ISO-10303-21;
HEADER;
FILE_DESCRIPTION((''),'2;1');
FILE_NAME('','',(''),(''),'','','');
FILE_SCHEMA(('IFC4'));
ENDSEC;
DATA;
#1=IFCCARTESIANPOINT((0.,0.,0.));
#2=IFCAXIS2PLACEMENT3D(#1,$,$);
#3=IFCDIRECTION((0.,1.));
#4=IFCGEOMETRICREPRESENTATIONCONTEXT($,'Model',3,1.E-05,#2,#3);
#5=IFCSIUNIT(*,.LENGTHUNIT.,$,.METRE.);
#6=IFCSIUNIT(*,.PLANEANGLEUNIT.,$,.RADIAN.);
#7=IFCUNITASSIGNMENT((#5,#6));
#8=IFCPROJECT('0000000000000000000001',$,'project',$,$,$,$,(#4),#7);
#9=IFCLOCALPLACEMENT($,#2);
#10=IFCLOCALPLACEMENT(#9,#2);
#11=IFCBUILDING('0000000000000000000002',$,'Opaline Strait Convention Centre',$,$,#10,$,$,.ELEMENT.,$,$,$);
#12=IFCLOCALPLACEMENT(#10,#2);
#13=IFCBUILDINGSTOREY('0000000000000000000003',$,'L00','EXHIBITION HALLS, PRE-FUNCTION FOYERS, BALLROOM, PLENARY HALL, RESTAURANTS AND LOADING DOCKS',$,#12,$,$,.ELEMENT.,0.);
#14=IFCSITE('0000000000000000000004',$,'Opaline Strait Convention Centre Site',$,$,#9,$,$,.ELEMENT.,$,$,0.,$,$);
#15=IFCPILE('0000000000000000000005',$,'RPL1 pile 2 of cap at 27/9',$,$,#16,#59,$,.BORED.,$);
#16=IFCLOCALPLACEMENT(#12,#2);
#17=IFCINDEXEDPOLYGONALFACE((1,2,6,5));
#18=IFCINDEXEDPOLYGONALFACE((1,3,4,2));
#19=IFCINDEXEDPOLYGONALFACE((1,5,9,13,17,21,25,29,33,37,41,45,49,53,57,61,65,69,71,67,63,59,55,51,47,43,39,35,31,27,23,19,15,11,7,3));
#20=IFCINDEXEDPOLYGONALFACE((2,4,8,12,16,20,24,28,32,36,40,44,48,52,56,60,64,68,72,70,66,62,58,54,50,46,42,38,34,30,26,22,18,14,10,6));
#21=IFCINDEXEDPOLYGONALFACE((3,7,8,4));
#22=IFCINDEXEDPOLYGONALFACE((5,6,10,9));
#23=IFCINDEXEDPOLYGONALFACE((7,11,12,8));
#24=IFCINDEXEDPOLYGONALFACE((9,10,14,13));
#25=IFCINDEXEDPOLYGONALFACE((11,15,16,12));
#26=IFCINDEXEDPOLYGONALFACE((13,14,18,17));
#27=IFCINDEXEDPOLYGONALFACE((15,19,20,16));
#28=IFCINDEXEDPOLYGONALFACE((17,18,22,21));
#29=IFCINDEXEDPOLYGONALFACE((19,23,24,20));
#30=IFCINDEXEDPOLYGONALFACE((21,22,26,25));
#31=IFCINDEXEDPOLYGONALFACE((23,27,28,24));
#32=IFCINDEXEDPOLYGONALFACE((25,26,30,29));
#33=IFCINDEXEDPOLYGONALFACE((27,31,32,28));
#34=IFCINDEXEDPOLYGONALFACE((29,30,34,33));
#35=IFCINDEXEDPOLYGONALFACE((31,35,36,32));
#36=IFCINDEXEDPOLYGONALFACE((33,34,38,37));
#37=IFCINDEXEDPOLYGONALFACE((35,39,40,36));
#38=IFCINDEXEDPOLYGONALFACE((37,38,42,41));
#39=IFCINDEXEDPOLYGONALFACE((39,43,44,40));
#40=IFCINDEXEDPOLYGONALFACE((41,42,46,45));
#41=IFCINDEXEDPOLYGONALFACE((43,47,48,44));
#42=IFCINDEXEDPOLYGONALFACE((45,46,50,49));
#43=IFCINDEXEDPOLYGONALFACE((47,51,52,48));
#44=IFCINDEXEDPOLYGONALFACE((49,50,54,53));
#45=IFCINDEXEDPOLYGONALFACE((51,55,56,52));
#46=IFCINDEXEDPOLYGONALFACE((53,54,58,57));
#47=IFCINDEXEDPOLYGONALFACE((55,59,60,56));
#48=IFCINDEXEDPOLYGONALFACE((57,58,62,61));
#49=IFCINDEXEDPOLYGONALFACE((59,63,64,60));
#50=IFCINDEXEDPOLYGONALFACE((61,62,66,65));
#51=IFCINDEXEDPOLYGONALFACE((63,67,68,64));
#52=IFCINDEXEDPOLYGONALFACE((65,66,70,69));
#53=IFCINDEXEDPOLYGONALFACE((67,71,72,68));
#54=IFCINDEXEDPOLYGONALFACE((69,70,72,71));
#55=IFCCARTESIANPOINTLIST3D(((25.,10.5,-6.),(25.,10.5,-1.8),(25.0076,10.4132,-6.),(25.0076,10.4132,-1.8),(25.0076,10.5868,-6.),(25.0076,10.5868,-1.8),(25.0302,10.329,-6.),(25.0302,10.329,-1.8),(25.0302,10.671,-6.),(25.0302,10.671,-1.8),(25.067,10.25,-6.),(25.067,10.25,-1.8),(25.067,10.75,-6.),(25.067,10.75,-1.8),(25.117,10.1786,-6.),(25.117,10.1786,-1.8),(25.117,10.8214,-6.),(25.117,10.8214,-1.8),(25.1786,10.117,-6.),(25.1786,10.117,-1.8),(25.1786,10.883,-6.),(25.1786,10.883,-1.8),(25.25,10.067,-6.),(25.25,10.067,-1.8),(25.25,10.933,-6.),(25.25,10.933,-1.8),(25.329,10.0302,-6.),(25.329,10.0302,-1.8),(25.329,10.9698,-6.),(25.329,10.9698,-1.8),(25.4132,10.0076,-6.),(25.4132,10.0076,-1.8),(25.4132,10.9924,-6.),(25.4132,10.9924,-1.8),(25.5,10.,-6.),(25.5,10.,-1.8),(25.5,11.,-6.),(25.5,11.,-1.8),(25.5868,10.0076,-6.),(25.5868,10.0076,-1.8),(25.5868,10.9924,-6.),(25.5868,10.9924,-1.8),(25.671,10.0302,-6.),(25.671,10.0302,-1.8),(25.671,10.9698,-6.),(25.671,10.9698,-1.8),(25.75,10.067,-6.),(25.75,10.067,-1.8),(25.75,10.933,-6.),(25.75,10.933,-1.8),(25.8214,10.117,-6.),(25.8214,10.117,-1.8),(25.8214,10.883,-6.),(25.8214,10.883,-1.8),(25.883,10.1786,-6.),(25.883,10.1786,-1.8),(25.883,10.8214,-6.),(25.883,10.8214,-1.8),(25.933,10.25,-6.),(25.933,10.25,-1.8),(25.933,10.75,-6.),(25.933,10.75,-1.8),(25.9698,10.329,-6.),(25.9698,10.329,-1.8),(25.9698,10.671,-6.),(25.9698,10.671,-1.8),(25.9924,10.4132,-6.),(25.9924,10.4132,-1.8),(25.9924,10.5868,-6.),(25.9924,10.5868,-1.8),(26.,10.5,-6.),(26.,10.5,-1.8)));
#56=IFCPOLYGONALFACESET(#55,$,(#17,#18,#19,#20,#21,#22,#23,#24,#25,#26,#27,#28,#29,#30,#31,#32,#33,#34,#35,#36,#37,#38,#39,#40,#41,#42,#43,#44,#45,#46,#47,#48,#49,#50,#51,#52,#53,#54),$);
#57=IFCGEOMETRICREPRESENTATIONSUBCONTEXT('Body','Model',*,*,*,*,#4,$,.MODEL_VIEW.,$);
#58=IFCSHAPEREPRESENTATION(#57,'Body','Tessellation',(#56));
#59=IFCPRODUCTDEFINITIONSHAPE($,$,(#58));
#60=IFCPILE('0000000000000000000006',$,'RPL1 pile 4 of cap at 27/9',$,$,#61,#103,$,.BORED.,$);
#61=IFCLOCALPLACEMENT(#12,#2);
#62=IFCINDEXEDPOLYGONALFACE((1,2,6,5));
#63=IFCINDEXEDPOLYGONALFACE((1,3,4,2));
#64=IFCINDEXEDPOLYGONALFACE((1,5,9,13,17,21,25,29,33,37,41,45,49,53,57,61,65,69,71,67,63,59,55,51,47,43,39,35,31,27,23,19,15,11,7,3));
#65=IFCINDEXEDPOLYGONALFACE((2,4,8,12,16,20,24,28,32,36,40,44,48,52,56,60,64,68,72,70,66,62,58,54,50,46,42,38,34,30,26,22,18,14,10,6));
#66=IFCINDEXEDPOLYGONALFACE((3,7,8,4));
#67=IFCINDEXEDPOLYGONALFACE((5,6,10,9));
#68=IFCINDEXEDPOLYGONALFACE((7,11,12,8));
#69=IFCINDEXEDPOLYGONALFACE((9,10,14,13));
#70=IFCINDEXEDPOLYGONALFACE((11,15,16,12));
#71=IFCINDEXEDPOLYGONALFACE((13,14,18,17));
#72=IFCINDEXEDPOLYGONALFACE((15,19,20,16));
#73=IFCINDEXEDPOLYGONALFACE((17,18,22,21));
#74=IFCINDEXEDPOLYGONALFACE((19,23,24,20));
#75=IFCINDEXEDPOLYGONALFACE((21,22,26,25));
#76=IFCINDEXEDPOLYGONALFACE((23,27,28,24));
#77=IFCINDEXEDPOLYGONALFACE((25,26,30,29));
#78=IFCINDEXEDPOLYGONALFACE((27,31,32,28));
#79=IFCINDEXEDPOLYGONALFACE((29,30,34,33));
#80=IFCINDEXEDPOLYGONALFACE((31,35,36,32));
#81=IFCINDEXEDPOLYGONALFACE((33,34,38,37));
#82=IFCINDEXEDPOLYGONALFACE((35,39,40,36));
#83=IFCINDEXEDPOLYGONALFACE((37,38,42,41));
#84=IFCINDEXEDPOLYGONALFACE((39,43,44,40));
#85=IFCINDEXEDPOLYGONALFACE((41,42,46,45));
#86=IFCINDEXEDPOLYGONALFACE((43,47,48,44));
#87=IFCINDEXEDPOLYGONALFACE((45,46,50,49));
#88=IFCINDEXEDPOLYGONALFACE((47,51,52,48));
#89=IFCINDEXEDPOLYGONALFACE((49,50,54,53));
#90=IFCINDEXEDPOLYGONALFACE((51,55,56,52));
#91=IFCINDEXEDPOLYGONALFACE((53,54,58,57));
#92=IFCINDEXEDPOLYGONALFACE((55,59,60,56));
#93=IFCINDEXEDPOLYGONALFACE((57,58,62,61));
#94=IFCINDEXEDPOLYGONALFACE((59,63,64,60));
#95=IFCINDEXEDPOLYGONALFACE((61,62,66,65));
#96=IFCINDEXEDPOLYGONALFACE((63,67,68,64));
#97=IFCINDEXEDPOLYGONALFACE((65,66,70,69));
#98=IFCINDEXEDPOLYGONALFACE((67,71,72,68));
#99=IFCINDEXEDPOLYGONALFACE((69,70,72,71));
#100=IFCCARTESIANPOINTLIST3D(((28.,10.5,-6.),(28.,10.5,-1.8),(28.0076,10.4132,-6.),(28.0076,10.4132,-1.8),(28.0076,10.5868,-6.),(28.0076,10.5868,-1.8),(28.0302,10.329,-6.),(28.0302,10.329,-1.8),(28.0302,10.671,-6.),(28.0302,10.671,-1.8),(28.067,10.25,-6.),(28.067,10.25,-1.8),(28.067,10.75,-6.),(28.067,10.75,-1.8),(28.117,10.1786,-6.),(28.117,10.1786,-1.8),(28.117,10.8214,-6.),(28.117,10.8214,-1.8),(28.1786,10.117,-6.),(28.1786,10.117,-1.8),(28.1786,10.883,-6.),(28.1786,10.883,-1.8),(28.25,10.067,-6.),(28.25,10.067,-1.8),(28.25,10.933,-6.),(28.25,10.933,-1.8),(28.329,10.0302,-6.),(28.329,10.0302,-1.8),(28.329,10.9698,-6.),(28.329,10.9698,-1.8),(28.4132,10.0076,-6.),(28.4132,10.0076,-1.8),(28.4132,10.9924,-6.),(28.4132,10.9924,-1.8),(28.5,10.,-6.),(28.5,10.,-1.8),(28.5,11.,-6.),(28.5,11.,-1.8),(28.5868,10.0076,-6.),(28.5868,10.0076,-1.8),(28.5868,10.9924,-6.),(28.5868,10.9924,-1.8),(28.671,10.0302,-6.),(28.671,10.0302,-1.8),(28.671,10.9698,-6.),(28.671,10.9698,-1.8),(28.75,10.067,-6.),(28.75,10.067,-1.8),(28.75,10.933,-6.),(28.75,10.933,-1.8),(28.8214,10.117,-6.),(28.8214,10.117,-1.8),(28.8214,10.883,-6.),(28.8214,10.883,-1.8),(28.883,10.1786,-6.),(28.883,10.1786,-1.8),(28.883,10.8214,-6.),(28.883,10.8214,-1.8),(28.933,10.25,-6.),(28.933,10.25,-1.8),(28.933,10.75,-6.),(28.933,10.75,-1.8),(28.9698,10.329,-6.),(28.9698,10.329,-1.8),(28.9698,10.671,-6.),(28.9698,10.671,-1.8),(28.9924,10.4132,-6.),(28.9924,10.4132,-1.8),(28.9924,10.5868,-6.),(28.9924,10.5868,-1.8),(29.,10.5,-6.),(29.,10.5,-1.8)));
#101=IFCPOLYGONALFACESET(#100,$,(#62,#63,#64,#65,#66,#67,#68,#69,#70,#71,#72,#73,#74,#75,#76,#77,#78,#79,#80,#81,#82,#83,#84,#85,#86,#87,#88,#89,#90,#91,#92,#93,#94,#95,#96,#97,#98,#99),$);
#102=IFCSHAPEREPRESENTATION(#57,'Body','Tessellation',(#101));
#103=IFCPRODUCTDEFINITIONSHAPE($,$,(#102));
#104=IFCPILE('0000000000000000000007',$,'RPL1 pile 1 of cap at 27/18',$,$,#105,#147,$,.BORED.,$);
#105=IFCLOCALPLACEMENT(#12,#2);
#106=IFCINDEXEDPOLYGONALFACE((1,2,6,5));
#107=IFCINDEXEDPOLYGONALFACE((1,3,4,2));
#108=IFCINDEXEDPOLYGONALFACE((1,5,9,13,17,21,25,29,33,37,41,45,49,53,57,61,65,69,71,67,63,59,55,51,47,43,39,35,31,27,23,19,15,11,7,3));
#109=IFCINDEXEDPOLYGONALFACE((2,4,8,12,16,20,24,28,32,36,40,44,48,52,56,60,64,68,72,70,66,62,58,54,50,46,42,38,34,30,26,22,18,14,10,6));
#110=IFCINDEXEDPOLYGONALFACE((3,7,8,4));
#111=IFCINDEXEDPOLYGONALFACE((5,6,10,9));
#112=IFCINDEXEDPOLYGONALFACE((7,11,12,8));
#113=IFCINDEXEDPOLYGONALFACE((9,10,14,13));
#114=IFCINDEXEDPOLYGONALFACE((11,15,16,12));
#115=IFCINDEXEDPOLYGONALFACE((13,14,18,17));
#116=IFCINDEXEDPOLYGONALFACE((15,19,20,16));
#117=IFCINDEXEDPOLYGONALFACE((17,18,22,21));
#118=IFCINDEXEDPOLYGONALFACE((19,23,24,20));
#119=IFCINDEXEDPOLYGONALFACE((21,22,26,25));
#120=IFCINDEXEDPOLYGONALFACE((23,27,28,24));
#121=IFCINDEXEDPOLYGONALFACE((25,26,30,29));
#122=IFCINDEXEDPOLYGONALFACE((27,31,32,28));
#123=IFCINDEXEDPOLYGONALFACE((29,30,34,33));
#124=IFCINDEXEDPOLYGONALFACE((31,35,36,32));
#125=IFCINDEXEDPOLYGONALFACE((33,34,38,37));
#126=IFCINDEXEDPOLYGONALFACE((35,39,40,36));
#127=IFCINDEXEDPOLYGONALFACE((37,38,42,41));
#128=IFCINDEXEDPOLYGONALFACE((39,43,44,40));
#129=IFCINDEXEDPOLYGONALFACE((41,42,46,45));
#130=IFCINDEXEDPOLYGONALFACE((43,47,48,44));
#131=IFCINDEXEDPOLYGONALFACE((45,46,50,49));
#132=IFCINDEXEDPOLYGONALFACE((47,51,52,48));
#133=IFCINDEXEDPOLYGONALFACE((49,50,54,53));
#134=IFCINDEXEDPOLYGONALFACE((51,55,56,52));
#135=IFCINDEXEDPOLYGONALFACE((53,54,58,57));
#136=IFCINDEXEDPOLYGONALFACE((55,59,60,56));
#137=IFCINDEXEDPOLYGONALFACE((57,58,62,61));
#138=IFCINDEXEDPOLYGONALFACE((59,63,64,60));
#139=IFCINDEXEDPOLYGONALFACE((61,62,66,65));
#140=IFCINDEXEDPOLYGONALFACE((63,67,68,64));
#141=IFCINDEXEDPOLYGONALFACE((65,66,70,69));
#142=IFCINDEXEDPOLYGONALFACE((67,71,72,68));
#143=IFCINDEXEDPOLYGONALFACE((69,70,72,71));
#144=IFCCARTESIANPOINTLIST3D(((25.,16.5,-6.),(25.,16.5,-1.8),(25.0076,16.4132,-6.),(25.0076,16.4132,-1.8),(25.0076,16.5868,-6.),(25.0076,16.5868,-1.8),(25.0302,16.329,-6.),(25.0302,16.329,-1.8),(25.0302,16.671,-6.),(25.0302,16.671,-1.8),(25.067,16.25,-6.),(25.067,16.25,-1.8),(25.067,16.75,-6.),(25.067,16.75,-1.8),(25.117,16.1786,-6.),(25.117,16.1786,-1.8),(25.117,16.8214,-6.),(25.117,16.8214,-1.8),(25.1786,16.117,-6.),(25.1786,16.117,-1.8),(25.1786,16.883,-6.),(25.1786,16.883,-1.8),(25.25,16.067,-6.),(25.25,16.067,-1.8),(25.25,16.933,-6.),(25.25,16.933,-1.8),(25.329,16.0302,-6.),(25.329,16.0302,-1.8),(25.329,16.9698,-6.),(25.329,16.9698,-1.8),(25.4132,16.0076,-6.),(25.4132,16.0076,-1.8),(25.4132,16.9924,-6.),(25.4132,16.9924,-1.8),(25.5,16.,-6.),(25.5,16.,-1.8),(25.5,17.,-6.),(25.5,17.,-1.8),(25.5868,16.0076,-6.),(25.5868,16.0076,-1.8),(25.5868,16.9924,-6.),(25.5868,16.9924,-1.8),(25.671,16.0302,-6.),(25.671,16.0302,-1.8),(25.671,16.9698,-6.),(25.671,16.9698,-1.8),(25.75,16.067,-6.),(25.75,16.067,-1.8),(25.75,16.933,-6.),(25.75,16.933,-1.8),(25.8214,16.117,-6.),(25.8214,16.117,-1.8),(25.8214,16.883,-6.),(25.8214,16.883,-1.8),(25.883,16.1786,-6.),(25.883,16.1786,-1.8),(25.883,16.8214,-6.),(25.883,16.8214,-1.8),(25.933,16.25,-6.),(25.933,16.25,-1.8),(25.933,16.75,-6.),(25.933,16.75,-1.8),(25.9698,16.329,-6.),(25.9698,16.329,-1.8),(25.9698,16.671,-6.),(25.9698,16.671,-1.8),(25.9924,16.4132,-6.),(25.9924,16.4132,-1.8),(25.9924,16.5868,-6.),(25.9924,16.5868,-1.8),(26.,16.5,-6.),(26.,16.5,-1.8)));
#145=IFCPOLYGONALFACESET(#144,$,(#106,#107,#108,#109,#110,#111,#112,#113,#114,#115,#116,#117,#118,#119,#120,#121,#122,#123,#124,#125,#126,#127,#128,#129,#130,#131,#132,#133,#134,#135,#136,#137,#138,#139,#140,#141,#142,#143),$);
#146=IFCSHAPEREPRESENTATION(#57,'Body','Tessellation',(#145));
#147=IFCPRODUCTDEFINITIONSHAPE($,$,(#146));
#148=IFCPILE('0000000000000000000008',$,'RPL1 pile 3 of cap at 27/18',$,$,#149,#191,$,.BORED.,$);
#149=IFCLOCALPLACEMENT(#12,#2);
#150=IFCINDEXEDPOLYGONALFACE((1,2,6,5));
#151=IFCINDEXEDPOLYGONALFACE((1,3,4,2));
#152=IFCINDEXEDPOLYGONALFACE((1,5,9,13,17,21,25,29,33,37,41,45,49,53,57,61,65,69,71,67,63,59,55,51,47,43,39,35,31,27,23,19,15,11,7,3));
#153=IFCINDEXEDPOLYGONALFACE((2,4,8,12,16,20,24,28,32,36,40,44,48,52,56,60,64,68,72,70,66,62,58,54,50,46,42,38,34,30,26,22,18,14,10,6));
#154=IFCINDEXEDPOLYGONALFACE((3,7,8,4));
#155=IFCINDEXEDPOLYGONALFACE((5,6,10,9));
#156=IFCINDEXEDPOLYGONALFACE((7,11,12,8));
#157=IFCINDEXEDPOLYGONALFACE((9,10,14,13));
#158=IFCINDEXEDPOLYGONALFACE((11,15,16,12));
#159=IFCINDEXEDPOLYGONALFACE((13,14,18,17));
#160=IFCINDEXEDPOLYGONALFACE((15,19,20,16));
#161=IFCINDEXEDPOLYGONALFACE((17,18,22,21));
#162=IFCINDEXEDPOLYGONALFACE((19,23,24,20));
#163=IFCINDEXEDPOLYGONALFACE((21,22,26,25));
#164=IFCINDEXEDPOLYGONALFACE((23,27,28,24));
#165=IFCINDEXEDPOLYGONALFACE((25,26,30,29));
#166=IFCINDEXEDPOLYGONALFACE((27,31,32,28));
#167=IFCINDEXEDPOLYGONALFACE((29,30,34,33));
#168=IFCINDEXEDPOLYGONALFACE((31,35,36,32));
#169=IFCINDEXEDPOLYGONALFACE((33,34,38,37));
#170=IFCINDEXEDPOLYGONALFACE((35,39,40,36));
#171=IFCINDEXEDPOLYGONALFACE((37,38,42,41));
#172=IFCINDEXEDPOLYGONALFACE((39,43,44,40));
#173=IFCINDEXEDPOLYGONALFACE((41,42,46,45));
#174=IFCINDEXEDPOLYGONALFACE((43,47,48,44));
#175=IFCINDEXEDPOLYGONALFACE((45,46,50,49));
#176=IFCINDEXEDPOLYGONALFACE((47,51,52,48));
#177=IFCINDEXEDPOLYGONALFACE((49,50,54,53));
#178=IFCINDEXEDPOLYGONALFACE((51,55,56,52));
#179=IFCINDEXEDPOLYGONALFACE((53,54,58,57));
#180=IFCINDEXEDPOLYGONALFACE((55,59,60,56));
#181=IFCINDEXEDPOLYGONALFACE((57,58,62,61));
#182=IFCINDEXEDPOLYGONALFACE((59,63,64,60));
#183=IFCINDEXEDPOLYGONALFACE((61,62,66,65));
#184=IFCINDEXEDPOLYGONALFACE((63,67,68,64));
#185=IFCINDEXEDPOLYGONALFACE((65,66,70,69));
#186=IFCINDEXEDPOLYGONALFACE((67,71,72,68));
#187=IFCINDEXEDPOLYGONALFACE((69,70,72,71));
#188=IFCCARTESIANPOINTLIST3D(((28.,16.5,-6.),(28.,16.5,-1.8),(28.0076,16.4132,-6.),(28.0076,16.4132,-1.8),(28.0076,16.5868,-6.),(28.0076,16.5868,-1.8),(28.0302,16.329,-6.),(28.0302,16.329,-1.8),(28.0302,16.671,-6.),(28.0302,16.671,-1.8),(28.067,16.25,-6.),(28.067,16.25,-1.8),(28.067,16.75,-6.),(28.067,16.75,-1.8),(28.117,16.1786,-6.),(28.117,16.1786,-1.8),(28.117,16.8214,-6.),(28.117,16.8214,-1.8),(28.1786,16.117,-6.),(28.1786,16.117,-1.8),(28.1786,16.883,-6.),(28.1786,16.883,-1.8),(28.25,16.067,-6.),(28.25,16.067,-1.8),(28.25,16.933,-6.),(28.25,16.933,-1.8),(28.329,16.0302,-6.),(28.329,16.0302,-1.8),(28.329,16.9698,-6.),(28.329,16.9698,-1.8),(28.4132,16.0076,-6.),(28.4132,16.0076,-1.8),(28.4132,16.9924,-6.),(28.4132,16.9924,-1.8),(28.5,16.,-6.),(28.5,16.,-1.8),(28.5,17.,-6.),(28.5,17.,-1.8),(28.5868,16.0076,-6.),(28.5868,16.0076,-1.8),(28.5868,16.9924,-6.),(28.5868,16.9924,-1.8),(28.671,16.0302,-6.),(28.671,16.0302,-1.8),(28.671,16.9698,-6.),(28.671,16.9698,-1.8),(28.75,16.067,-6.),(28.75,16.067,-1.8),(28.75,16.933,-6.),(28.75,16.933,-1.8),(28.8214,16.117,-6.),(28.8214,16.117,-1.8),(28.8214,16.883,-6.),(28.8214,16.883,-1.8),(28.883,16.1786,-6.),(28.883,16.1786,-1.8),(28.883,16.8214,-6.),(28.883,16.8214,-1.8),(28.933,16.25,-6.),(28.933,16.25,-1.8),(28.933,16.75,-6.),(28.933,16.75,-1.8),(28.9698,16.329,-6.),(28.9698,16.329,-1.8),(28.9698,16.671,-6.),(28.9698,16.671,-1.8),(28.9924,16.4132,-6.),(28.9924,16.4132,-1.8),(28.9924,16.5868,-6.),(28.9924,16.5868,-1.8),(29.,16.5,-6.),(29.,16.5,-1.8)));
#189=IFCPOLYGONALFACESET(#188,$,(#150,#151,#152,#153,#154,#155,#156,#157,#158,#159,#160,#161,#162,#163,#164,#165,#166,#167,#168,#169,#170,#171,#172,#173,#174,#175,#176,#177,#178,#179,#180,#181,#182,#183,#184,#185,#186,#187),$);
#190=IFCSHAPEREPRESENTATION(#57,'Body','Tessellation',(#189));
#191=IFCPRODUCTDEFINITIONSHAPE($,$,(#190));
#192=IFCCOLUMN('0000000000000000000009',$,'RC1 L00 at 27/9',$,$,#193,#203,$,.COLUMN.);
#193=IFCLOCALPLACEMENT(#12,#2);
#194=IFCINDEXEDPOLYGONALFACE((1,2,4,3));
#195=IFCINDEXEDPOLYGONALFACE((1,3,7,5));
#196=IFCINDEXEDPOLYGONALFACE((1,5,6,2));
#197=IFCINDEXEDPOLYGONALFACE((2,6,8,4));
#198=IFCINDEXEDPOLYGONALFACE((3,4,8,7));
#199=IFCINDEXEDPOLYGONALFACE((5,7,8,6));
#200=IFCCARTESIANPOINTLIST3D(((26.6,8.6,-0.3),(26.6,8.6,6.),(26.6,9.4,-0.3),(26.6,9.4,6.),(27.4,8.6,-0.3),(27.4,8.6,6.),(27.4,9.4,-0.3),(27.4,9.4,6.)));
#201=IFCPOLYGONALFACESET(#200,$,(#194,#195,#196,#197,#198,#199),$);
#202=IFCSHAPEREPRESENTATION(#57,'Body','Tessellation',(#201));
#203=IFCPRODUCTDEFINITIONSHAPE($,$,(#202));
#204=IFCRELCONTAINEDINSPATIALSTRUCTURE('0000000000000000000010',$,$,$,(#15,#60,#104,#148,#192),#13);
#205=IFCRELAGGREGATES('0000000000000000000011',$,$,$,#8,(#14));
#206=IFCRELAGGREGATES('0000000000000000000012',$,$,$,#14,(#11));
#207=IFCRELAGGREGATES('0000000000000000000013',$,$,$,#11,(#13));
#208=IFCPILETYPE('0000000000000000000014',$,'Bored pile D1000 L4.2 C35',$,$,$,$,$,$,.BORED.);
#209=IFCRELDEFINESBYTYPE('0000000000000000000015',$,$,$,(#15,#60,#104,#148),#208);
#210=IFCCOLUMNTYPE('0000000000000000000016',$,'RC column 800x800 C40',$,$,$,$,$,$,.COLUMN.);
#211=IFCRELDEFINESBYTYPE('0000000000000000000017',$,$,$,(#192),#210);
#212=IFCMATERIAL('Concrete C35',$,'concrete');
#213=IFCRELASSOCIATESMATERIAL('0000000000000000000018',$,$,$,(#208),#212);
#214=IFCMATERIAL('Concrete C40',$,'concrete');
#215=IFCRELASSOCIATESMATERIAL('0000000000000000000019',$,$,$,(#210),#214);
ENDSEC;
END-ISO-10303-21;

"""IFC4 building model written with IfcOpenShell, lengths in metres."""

from ifc_helpers import new_model, si_unit, direction, frame, origin, origin_2d, place, context, subcontext, project, spatial, rectangle, circle, extrude, material, material_profile, profile_set, type_object, element, save


model = new_model("IFC4")

# Units and contexts
model_context = context("Model", 3, precision=1e-05, world=origin(), true_north=direction((0.0, 1.0)))
body_context = subcontext(model_context, "Body", "Model", "MODEL_VIEW")
ifc_project = project(units=[si_unit("LENGTHUNIT", "METRE"), si_unit("PLANEANGLEUNIT", "RADIAN")], contexts=[model_context])

# Site, building, storey
site_placement = place(None, origin())
site = spatial("IfcSite", under=ifc_project, at=site_placement, Name="Opaline Strait Convention Centre Site", CompositionType="ELEMENT", RefElevation=0.0)
building_placement = place(site_placement, origin())
building = spatial("IfcBuilding", under=site, at=building_placement, Name="Opaline Strait Convention Centre", CompositionType="ELEMENT")
storey_placement = place(building_placement, origin())
storey = spatial("IfcBuildingStorey", under=building, at=storey_placement, Name="L00", Description="EXHIBITION HALLS, PRE-FUNCTION FOYERS, BALLROOM, PLENARY HALL, RESTAURANTS AND LOADING DOCKS", CompositionType="ELEMENT", Elevation=0.0)

# Piles
ifc_material_1 = material(Name="Concrete C35", Category="concrete")
ifc_material_profile_1 = material_profile(ifc_material_1, circle(Radius=0.5, at=origin_2d()), Name="D1000")
ifc_profile_set_1 = profile_set([ifc_material_profile_1], Name="Concrete C35")
pile_type = type_object("IfcPileType", Name="Bored pile D1000 L4.2 C35", PredefinedType="BORED", material=ifc_profile_set_1)
for number, where, z_axis, x_axis, name in (
    (1, (25.5, 10.5, -1.8), (0.0, 0.0, -1.0), (1.0, 0.0, 0.0), "RPL1 pile 2 of cap at 27/9"),
    (2, (28.5, 10.5, -1.8), (0.0, 0.0, -1.0), (1.0, 0.0, 0.0), "RPL1 pile 4 of cap at 27/9"),
    (3, (25.5, 16.5, -1.8), (0.0, 0.0, -1.0), (1.0, 0.0, 0.0), "RPL1 pile 1 of cap at 27/18"),
    (4, (28.5, 16.5, -1.8), (0.0, 0.0, -1.0), (1.0, 0.0, 0.0), "RPL1 pile 3 of cap at 27/18"),
):
    element("IfcPile", number, at=place(storey_placement, frame(where, z_axis=z_axis, x_axis=x_axis)), inside=storey, type_object=pile_type, Name=name, PredefinedType="BORED", context=body_context, shape_type="SweptSolid", body=[
        extrude(circle(Radius=0.5, at=origin_2d()), origin(), (0.0, 0.0, 1.0), 4.2),
    ])

# Column
ifc_material_2 = material(Name="Concrete C40", Category="concrete")
ifc_material_profile_2 = material_profile(ifc_material_2, rectangle(XDim=0.8, YDim=0.8, at=origin_2d()), Name="RC 800x800")
ifc_profile_set_2 = profile_set([ifc_material_profile_2], Name="Concrete C40")
column_type = type_object("IfcColumnType", Name="RC column 800x800 C40", PredefinedType="COLUMN", material=ifc_profile_set_2)
for number, where, z_axis, x_axis, name in (
    (5, (27.0, 9.0, -0.3), (0.0, 0.0, 1.0), (1.0, 0.0, 0.0), "RC1 L00 at 27/9"),
):
    element("IfcColumn", number, at=place(storey_placement, frame(where, z_axis=z_axis, x_axis=x_axis)), inside=storey, type_object=column_type, Name=name, PredefinedType="COLUMN", context=body_context, shape_type="SweptSolid", body=[
        extrude(rectangle(XDim=0.8, YDim=0.8, at=origin_2d()), origin(), (0.0, 0.0, 1.0), 6.3),
    ])

save(model, "model.ifc")
